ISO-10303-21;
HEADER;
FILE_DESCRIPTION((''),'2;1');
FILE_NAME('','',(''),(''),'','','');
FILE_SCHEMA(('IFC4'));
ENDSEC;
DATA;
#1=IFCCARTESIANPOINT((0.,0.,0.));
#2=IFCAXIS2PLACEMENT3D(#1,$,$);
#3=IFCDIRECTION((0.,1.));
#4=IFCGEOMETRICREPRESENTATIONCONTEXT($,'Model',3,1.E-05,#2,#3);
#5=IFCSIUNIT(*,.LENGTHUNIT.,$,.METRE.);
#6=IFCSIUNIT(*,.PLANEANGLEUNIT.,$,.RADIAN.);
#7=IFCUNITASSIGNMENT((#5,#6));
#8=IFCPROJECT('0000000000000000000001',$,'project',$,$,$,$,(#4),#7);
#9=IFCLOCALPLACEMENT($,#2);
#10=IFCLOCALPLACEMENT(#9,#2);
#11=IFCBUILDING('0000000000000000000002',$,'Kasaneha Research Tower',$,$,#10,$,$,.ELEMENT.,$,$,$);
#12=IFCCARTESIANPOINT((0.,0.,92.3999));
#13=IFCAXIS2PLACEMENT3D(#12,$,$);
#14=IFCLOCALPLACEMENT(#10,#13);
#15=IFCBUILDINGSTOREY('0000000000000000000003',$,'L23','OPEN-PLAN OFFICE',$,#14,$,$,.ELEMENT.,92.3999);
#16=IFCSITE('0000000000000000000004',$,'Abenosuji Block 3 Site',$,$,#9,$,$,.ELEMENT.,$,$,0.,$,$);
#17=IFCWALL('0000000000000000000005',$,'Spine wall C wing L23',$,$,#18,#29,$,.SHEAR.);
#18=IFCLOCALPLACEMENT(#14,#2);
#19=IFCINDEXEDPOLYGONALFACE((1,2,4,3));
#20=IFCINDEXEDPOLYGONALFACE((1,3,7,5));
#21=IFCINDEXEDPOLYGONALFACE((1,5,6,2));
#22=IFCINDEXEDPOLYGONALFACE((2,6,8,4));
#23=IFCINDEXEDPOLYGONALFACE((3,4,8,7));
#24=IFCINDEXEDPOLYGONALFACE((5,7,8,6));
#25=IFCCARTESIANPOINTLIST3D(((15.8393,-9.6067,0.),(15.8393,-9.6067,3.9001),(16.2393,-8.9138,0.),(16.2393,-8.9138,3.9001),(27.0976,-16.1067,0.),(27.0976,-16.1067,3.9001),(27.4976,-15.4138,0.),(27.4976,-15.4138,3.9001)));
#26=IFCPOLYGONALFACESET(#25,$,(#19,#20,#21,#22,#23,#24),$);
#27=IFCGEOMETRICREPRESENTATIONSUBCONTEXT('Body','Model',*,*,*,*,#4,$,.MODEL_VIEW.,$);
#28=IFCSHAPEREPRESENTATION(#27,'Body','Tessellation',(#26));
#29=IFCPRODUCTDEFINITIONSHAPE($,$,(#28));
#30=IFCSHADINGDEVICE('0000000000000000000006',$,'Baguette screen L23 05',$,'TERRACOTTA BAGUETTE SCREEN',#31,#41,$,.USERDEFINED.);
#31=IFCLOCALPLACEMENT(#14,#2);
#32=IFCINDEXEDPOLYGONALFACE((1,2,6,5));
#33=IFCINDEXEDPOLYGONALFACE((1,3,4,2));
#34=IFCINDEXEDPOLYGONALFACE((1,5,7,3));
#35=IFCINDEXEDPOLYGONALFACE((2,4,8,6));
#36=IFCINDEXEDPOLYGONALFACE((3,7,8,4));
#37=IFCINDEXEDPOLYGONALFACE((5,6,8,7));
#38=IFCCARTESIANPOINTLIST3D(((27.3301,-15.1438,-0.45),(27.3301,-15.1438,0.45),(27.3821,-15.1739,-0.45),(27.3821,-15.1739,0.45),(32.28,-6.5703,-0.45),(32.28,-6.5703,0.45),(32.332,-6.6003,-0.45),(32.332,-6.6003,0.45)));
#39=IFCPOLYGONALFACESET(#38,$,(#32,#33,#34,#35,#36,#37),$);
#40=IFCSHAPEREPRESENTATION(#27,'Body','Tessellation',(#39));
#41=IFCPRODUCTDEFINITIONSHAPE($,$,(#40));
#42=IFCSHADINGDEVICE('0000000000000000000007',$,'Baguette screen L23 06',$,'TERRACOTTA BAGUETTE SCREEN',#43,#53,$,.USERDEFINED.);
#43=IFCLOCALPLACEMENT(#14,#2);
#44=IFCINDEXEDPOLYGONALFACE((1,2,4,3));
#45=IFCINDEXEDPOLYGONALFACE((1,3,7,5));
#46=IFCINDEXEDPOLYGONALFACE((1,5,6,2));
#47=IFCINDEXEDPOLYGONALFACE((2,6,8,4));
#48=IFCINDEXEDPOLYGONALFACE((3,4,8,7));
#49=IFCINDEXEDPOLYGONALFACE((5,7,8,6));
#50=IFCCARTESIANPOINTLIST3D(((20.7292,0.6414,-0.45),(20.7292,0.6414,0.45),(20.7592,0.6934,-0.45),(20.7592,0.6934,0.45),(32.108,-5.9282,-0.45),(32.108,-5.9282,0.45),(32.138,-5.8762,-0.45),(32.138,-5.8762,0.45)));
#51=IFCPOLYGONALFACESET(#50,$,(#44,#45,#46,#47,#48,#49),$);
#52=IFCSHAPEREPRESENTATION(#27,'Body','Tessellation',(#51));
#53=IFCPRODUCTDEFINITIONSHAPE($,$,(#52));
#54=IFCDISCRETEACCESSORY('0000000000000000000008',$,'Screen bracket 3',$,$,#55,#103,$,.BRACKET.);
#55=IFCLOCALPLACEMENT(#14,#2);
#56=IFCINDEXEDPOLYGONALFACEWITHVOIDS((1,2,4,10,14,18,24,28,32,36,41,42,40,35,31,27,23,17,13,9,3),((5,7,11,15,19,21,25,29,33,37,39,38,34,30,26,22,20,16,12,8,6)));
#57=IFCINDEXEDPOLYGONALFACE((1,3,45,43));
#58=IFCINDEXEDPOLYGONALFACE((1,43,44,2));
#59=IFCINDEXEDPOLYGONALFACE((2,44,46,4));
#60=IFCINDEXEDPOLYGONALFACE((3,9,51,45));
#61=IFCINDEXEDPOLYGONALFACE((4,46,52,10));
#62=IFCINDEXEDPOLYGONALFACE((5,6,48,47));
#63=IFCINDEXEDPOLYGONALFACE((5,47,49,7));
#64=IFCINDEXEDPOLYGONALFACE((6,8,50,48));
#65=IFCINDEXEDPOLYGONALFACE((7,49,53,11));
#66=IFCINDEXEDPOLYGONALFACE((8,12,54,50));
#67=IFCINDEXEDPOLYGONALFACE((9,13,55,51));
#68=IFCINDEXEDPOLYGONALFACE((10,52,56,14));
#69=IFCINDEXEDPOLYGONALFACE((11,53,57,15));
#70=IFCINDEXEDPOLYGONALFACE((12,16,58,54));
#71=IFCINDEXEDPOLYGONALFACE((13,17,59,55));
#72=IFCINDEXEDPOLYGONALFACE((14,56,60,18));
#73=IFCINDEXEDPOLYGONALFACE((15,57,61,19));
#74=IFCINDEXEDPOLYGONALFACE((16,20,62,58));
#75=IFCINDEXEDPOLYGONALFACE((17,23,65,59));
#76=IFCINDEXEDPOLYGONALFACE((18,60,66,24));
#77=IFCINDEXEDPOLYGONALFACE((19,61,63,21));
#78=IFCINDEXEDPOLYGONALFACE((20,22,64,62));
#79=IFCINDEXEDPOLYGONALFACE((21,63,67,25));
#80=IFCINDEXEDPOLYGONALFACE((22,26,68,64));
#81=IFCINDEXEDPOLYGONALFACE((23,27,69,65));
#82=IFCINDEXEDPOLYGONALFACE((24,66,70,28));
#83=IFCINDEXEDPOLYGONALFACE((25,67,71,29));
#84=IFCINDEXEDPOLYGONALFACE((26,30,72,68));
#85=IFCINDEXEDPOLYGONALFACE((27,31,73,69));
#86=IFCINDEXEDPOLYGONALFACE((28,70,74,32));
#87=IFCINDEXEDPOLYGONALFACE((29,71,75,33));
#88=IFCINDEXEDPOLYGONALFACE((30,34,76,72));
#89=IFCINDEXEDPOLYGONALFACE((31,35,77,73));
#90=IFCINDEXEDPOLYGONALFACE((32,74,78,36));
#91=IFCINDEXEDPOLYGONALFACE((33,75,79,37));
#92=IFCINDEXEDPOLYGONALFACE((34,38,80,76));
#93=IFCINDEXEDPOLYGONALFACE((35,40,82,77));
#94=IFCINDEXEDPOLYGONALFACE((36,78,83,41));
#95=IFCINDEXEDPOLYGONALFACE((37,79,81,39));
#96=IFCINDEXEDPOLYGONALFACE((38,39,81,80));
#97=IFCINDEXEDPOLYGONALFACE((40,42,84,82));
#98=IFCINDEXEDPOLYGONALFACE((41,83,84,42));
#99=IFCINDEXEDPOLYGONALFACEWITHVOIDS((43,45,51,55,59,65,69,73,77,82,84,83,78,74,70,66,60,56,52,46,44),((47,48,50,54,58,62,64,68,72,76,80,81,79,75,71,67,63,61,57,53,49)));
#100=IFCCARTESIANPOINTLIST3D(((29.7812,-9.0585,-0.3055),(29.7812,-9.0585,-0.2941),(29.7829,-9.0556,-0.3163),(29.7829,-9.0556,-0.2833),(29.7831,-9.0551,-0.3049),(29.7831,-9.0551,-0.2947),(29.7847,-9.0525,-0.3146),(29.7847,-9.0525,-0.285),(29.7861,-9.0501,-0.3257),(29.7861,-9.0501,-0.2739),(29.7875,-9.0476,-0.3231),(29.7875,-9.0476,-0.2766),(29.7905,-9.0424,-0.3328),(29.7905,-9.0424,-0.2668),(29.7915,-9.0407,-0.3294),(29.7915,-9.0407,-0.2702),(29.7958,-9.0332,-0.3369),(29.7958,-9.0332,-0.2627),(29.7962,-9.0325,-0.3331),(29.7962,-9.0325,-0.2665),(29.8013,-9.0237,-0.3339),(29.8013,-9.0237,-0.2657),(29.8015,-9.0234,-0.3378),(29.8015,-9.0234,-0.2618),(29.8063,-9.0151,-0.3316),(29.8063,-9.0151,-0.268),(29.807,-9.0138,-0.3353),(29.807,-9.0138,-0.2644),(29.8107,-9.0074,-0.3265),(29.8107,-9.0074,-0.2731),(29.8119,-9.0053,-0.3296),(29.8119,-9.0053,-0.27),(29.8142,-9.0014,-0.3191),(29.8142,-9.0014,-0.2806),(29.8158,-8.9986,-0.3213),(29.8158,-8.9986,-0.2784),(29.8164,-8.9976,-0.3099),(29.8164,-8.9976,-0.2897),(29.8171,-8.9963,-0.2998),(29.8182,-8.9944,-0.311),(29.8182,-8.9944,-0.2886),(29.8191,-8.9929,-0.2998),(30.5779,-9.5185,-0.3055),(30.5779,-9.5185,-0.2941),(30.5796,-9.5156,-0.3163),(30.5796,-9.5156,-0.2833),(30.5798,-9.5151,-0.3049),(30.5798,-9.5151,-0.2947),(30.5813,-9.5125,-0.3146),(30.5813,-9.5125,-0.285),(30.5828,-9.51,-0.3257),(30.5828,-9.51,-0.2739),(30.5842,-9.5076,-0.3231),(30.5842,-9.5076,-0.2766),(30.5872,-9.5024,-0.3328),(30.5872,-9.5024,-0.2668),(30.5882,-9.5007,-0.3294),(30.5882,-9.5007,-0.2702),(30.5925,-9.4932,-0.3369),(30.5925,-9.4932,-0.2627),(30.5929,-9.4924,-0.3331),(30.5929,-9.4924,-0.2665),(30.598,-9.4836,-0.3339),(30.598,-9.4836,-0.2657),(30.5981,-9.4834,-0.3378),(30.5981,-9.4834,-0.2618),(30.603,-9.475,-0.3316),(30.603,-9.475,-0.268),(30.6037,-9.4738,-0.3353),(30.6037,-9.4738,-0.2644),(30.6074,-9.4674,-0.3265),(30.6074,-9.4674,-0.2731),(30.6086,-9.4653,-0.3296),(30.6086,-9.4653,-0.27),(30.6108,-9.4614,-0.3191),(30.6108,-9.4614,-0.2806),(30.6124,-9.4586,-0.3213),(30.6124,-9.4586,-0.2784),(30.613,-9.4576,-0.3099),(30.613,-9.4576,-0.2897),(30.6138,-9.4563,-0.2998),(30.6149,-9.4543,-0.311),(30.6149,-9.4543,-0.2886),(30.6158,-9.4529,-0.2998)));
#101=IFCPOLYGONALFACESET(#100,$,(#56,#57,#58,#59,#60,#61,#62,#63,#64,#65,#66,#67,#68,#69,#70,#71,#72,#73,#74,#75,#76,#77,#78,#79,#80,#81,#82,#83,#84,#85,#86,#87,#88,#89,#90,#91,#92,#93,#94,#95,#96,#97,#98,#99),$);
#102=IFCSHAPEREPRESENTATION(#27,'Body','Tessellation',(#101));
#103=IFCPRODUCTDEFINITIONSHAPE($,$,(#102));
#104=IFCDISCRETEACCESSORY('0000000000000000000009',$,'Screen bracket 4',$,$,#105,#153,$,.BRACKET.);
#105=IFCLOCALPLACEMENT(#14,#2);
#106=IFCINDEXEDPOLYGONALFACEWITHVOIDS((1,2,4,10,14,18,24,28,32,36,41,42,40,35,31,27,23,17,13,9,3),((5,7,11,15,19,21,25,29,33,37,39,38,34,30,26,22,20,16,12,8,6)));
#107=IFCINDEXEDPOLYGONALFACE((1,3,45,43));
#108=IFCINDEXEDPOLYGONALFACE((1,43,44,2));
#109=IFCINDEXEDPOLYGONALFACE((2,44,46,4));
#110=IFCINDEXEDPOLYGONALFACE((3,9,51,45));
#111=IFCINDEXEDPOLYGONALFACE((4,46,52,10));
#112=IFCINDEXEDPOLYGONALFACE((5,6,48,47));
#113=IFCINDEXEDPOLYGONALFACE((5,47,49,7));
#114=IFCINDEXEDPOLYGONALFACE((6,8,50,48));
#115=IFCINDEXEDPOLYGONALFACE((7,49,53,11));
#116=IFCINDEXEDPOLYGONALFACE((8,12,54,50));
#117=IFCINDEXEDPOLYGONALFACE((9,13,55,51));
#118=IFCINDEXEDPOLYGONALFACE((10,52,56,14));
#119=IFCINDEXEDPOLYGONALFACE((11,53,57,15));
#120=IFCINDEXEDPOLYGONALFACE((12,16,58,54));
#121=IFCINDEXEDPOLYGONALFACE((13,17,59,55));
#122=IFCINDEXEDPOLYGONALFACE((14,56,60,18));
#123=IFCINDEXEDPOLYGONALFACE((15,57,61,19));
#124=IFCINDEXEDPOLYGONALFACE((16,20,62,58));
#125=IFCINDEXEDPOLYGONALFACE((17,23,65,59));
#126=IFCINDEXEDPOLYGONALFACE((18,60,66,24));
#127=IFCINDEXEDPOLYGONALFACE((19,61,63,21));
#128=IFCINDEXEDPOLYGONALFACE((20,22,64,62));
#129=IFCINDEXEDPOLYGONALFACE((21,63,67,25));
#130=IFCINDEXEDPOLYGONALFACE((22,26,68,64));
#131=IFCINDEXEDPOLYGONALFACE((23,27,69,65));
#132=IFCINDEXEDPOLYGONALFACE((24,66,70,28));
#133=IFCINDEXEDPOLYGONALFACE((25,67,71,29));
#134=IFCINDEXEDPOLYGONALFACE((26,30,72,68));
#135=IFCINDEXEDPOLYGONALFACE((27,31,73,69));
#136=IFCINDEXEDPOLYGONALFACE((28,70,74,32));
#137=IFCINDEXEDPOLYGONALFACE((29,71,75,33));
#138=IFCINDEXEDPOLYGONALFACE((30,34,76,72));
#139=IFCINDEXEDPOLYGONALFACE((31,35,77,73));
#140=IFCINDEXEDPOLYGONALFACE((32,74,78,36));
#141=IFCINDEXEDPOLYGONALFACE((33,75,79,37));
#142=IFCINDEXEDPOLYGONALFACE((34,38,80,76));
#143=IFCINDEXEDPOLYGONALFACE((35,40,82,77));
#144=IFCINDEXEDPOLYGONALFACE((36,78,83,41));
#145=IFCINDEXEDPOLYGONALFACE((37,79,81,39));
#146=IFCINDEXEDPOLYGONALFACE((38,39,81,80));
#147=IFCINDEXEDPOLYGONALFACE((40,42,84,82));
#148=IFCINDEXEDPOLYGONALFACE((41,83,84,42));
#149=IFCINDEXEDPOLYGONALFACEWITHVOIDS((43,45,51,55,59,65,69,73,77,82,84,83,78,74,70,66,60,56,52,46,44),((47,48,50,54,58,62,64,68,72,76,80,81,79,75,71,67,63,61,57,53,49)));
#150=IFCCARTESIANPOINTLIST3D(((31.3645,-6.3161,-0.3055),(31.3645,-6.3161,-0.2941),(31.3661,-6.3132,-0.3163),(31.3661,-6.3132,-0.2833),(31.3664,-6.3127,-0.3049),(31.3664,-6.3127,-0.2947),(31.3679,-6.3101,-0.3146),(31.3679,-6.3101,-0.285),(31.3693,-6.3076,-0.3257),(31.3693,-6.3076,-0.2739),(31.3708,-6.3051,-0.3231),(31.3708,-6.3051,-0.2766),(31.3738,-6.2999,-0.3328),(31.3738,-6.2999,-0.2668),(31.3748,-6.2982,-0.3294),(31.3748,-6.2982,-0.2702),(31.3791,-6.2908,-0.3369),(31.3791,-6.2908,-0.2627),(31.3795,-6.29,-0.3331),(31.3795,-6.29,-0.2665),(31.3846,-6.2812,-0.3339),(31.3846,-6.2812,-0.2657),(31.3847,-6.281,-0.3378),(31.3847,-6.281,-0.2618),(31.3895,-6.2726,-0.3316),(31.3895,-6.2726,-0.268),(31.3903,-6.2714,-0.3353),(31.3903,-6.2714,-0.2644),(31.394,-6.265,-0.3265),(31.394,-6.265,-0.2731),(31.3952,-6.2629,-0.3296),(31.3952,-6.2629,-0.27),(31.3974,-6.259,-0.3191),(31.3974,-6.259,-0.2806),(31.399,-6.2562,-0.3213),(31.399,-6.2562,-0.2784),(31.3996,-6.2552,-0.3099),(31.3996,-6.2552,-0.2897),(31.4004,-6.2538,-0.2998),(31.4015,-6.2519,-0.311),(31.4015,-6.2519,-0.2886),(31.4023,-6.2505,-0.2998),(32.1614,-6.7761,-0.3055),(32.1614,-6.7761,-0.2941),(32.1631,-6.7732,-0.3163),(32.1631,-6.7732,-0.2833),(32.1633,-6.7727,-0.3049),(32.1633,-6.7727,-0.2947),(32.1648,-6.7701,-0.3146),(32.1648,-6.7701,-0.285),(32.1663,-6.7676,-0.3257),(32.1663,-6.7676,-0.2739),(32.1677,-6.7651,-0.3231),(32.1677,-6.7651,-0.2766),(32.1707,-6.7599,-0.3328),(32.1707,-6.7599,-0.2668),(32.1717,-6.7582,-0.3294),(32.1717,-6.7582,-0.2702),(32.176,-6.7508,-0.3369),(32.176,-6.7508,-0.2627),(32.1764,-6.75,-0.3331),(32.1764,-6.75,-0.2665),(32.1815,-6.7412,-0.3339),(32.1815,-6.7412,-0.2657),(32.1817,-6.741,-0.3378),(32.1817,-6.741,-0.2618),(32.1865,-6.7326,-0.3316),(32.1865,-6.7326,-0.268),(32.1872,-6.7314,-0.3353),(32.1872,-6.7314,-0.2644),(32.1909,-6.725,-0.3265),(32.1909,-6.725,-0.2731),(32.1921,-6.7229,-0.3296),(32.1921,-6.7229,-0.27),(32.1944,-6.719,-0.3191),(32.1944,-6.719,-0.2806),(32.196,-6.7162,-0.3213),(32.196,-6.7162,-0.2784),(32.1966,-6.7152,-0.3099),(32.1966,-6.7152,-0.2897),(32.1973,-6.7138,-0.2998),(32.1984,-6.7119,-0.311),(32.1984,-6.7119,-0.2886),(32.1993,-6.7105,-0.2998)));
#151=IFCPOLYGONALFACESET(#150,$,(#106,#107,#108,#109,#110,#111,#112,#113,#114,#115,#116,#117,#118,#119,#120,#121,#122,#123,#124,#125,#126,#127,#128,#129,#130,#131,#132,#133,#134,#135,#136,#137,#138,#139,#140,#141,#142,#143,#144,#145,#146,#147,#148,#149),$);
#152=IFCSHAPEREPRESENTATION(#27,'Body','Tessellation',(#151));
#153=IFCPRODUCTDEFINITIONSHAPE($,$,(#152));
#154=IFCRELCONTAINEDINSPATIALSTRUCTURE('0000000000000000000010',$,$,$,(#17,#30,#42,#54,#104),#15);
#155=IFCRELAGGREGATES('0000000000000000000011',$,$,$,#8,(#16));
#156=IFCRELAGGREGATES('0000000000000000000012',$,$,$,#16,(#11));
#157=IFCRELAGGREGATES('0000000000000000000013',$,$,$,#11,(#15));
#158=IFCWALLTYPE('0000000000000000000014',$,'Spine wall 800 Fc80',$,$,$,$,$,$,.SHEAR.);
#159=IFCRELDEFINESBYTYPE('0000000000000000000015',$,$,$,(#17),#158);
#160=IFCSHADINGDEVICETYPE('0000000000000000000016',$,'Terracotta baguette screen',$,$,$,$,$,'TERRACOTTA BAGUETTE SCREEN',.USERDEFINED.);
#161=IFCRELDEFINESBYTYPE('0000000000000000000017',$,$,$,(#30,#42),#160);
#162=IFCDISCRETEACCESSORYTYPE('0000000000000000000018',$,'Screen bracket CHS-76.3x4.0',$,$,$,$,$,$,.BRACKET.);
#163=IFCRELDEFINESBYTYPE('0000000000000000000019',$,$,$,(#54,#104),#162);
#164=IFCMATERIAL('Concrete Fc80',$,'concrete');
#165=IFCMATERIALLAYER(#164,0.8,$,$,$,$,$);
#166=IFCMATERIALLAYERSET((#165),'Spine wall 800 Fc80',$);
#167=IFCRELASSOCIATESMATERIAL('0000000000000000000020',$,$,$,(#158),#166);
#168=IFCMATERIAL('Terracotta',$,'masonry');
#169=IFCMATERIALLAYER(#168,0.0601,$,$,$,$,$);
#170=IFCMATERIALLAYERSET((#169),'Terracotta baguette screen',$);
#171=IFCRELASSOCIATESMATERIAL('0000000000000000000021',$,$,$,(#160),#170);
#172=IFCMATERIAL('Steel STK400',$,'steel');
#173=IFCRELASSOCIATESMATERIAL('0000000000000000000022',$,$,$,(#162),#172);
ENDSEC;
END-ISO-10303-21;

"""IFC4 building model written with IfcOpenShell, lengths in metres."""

from ifc_helpers import new_model, si_unit, direction, frame, frame_2d, origin, origin_2d, place, context, subcontext, project, spatial, rectangle, hollow_circle, extrude, material, layer, layer_set, material_profile, profile_set, type_object, element, save


model = new_model("IFC4")

# Units and contexts
model_context = context("Model", 3, precision=1e-05, world=origin(), true_north=direction((0.0, 1.0)))
body_context = subcontext(model_context, "Body", "Model", "MODEL_VIEW")
ifc_project = project(units=[si_unit("LENGTHUNIT", "METRE"), si_unit("PLANEANGLEUNIT", "RADIAN")], contexts=[model_context])

# Site, building, storey
site_placement = place(None, origin())
site = spatial("IfcSite", under=ifc_project, at=site_placement, Name="Abenosuji Block 3 Site", CompositionType="ELEMENT", RefElevation=0.0)
building_placement = place(site_placement, origin())
building = spatial("IfcBuilding", under=site, at=building_placement, Name="Kasaneha Research Tower", CompositionType="ELEMENT")
storey_placement = place(building_placement, frame((0.0, 0.0, 92.3999)))
storey = spatial("IfcBuildingStorey", under=building, at=storey_placement, Name="L23", Description="OPEN-PLAN OFFICE", CompositionType="ELEMENT", Elevation=92.3999)

# Wall
ifc_material_1 = material(Name="Concrete Fc80", Category="concrete")
ifc_layer_1 = layer(ifc_material_1, 0.8)
ifc_layer_set_1 = layer_set([ifc_layer_1], Name="Spine wall 800 Fc80")
wall_type_1 = type_object("IfcWallType", Name="Spine wall 800 Fc80", PredefinedType="SHEAR", material=ifc_layer_set_1)
wall_1_placement = place(storey_placement, frame((16.0393, -9.2603, 0.0), z_axis=(0.0, 0.0, 1.0), x_axis=(0.866025, -0.500001, 0.0)))
element("IfcWall", 1, at=wall_1_placement, inside=storey, type_object=wall_type_1, Name="Spine wall C wing L23", PredefinedType="SHEAR", context=body_context, shape_type="SweptSolid", body=[
    extrude(rectangle(XDim=13.0, YDim=0.8, at=frame_2d((6.5, 0.0))), origin(), (0.0, 0.0, 1.0), 3.9001),
])

# Shading devices
ifc_material_2 = material(Name="Terracotta", Category="masonry")
ifc_layer_2 = layer(ifc_material_2, 0.0601)
ifc_layer_set_2 = layer_set([ifc_layer_2], Name="Terracotta baguette screen")
shading_device_type = type_object("IfcShadingDeviceType", Name="Terracotta baguette screen", ElementType="TERRACOTTA BAGUETTE SCREEN", PredefinedType="USERDEFINED", material=ifc_layer_set_2)
shading_device_1_placement = place(storey_placement, frame((29.8311, -10.8721, -0.45), z_axis=(0.0, 0.0, 1.0), x_axis=(0.5, 0.866025, 0.0)))
element("IfcShadingDevice", 2, at=shading_device_1_placement, inside=storey, type_object=shading_device_type, Name="Baguette screen L23 05", ObjectType="TERRACOTTA BAGUETTE SCREEN", PredefinedType="USERDEFINED", context=body_context, shape_type="SweptSolid", body=[
    extrude(rectangle(XDim=9.8999, YDim=0.0601, at=origin_2d()), origin(), (0.0, 0.0, 1.0), 0.8999),
])
shading_device_2_placement = place(storey_placement, frame((26.4336, -2.6174, -0.45), z_axis=(0.0, 0.0, 1.0), x_axis=(-0.866025, 0.5, 0.0)))
element("IfcShadingDevice", 3, at=shading_device_2_placement, inside=storey, type_object=shading_device_type, Name="Baguette screen L23 06", ObjectType="TERRACOTTA BAGUETTE SCREEN", PredefinedType="USERDEFINED", context=body_context, shape_type="SweptSolid", body=[
    extrude(rectangle(XDim=13.1392, YDim=0.0601, at=origin_2d()), origin(), (0.0, 0.0, 1.0), 0.8999),
])

# Discrete accessories
ifc_material_3 = material(Name="Steel STK400", Category="steel")
ifc_material_profile_1 = material_profile(ifc_material_3, hollow_circle(Radius=0.0381, WallThickness=0.0039, at=origin_2d()), Name="CHS-76.3x4.0")
ifc_profile_set_1 = profile_set([ifc_material_profile_1], Name="Steel STK400")
discrete_accessory_type = type_object("IfcDiscreteAccessoryType", Name="Screen bracket CHS-76.3x4.0", PredefinedType="BRACKET", material=ifc_profile_set_1)
discrete_accessory_1_placement = place(storey_placement, frame((29.8, -9.0259, -0.2998), z_axis=(0.866013, -0.500021, 0.0), x_axis=(0.500021, 0.866013, 0.0)))
element("IfcDiscreteAccessory", 4, at=discrete_accessory_1_placement, inside=storey, type_object=discrete_accessory_type, Name="Screen bracket 3", PredefinedType="BRACKET", context=body_context, shape_type="SweptSolid", body=[
    extrude(hollow_circle(Radius=0.0381, WallThickness=0.0039, at=origin_2d()), origin(), (0.0, 0.0, 1.0), 0.9199),
])
discrete_accessory_2_placement = place(storey_placement, frame((31.3833, -6.2834, -0.2998), z_axis=(0.86608, -0.499906, 0.0), x_axis=(0.499906, 0.86608, 0.0)))
element("IfcDiscreteAccessory", 5, at=discrete_accessory_2_placement, inside=storey, type_object=discrete_accessory_type, Name="Screen bracket 4", PredefinedType="BRACKET", context=body_context, shape_type="SweptSolid", body=[
    extrude(hollow_circle(Radius=0.0381, WallThickness=0.0039, at=origin_2d()), origin(), (0.0, 0.0, 1.0), 0.9202),
])

save(model, "model.ifc")
